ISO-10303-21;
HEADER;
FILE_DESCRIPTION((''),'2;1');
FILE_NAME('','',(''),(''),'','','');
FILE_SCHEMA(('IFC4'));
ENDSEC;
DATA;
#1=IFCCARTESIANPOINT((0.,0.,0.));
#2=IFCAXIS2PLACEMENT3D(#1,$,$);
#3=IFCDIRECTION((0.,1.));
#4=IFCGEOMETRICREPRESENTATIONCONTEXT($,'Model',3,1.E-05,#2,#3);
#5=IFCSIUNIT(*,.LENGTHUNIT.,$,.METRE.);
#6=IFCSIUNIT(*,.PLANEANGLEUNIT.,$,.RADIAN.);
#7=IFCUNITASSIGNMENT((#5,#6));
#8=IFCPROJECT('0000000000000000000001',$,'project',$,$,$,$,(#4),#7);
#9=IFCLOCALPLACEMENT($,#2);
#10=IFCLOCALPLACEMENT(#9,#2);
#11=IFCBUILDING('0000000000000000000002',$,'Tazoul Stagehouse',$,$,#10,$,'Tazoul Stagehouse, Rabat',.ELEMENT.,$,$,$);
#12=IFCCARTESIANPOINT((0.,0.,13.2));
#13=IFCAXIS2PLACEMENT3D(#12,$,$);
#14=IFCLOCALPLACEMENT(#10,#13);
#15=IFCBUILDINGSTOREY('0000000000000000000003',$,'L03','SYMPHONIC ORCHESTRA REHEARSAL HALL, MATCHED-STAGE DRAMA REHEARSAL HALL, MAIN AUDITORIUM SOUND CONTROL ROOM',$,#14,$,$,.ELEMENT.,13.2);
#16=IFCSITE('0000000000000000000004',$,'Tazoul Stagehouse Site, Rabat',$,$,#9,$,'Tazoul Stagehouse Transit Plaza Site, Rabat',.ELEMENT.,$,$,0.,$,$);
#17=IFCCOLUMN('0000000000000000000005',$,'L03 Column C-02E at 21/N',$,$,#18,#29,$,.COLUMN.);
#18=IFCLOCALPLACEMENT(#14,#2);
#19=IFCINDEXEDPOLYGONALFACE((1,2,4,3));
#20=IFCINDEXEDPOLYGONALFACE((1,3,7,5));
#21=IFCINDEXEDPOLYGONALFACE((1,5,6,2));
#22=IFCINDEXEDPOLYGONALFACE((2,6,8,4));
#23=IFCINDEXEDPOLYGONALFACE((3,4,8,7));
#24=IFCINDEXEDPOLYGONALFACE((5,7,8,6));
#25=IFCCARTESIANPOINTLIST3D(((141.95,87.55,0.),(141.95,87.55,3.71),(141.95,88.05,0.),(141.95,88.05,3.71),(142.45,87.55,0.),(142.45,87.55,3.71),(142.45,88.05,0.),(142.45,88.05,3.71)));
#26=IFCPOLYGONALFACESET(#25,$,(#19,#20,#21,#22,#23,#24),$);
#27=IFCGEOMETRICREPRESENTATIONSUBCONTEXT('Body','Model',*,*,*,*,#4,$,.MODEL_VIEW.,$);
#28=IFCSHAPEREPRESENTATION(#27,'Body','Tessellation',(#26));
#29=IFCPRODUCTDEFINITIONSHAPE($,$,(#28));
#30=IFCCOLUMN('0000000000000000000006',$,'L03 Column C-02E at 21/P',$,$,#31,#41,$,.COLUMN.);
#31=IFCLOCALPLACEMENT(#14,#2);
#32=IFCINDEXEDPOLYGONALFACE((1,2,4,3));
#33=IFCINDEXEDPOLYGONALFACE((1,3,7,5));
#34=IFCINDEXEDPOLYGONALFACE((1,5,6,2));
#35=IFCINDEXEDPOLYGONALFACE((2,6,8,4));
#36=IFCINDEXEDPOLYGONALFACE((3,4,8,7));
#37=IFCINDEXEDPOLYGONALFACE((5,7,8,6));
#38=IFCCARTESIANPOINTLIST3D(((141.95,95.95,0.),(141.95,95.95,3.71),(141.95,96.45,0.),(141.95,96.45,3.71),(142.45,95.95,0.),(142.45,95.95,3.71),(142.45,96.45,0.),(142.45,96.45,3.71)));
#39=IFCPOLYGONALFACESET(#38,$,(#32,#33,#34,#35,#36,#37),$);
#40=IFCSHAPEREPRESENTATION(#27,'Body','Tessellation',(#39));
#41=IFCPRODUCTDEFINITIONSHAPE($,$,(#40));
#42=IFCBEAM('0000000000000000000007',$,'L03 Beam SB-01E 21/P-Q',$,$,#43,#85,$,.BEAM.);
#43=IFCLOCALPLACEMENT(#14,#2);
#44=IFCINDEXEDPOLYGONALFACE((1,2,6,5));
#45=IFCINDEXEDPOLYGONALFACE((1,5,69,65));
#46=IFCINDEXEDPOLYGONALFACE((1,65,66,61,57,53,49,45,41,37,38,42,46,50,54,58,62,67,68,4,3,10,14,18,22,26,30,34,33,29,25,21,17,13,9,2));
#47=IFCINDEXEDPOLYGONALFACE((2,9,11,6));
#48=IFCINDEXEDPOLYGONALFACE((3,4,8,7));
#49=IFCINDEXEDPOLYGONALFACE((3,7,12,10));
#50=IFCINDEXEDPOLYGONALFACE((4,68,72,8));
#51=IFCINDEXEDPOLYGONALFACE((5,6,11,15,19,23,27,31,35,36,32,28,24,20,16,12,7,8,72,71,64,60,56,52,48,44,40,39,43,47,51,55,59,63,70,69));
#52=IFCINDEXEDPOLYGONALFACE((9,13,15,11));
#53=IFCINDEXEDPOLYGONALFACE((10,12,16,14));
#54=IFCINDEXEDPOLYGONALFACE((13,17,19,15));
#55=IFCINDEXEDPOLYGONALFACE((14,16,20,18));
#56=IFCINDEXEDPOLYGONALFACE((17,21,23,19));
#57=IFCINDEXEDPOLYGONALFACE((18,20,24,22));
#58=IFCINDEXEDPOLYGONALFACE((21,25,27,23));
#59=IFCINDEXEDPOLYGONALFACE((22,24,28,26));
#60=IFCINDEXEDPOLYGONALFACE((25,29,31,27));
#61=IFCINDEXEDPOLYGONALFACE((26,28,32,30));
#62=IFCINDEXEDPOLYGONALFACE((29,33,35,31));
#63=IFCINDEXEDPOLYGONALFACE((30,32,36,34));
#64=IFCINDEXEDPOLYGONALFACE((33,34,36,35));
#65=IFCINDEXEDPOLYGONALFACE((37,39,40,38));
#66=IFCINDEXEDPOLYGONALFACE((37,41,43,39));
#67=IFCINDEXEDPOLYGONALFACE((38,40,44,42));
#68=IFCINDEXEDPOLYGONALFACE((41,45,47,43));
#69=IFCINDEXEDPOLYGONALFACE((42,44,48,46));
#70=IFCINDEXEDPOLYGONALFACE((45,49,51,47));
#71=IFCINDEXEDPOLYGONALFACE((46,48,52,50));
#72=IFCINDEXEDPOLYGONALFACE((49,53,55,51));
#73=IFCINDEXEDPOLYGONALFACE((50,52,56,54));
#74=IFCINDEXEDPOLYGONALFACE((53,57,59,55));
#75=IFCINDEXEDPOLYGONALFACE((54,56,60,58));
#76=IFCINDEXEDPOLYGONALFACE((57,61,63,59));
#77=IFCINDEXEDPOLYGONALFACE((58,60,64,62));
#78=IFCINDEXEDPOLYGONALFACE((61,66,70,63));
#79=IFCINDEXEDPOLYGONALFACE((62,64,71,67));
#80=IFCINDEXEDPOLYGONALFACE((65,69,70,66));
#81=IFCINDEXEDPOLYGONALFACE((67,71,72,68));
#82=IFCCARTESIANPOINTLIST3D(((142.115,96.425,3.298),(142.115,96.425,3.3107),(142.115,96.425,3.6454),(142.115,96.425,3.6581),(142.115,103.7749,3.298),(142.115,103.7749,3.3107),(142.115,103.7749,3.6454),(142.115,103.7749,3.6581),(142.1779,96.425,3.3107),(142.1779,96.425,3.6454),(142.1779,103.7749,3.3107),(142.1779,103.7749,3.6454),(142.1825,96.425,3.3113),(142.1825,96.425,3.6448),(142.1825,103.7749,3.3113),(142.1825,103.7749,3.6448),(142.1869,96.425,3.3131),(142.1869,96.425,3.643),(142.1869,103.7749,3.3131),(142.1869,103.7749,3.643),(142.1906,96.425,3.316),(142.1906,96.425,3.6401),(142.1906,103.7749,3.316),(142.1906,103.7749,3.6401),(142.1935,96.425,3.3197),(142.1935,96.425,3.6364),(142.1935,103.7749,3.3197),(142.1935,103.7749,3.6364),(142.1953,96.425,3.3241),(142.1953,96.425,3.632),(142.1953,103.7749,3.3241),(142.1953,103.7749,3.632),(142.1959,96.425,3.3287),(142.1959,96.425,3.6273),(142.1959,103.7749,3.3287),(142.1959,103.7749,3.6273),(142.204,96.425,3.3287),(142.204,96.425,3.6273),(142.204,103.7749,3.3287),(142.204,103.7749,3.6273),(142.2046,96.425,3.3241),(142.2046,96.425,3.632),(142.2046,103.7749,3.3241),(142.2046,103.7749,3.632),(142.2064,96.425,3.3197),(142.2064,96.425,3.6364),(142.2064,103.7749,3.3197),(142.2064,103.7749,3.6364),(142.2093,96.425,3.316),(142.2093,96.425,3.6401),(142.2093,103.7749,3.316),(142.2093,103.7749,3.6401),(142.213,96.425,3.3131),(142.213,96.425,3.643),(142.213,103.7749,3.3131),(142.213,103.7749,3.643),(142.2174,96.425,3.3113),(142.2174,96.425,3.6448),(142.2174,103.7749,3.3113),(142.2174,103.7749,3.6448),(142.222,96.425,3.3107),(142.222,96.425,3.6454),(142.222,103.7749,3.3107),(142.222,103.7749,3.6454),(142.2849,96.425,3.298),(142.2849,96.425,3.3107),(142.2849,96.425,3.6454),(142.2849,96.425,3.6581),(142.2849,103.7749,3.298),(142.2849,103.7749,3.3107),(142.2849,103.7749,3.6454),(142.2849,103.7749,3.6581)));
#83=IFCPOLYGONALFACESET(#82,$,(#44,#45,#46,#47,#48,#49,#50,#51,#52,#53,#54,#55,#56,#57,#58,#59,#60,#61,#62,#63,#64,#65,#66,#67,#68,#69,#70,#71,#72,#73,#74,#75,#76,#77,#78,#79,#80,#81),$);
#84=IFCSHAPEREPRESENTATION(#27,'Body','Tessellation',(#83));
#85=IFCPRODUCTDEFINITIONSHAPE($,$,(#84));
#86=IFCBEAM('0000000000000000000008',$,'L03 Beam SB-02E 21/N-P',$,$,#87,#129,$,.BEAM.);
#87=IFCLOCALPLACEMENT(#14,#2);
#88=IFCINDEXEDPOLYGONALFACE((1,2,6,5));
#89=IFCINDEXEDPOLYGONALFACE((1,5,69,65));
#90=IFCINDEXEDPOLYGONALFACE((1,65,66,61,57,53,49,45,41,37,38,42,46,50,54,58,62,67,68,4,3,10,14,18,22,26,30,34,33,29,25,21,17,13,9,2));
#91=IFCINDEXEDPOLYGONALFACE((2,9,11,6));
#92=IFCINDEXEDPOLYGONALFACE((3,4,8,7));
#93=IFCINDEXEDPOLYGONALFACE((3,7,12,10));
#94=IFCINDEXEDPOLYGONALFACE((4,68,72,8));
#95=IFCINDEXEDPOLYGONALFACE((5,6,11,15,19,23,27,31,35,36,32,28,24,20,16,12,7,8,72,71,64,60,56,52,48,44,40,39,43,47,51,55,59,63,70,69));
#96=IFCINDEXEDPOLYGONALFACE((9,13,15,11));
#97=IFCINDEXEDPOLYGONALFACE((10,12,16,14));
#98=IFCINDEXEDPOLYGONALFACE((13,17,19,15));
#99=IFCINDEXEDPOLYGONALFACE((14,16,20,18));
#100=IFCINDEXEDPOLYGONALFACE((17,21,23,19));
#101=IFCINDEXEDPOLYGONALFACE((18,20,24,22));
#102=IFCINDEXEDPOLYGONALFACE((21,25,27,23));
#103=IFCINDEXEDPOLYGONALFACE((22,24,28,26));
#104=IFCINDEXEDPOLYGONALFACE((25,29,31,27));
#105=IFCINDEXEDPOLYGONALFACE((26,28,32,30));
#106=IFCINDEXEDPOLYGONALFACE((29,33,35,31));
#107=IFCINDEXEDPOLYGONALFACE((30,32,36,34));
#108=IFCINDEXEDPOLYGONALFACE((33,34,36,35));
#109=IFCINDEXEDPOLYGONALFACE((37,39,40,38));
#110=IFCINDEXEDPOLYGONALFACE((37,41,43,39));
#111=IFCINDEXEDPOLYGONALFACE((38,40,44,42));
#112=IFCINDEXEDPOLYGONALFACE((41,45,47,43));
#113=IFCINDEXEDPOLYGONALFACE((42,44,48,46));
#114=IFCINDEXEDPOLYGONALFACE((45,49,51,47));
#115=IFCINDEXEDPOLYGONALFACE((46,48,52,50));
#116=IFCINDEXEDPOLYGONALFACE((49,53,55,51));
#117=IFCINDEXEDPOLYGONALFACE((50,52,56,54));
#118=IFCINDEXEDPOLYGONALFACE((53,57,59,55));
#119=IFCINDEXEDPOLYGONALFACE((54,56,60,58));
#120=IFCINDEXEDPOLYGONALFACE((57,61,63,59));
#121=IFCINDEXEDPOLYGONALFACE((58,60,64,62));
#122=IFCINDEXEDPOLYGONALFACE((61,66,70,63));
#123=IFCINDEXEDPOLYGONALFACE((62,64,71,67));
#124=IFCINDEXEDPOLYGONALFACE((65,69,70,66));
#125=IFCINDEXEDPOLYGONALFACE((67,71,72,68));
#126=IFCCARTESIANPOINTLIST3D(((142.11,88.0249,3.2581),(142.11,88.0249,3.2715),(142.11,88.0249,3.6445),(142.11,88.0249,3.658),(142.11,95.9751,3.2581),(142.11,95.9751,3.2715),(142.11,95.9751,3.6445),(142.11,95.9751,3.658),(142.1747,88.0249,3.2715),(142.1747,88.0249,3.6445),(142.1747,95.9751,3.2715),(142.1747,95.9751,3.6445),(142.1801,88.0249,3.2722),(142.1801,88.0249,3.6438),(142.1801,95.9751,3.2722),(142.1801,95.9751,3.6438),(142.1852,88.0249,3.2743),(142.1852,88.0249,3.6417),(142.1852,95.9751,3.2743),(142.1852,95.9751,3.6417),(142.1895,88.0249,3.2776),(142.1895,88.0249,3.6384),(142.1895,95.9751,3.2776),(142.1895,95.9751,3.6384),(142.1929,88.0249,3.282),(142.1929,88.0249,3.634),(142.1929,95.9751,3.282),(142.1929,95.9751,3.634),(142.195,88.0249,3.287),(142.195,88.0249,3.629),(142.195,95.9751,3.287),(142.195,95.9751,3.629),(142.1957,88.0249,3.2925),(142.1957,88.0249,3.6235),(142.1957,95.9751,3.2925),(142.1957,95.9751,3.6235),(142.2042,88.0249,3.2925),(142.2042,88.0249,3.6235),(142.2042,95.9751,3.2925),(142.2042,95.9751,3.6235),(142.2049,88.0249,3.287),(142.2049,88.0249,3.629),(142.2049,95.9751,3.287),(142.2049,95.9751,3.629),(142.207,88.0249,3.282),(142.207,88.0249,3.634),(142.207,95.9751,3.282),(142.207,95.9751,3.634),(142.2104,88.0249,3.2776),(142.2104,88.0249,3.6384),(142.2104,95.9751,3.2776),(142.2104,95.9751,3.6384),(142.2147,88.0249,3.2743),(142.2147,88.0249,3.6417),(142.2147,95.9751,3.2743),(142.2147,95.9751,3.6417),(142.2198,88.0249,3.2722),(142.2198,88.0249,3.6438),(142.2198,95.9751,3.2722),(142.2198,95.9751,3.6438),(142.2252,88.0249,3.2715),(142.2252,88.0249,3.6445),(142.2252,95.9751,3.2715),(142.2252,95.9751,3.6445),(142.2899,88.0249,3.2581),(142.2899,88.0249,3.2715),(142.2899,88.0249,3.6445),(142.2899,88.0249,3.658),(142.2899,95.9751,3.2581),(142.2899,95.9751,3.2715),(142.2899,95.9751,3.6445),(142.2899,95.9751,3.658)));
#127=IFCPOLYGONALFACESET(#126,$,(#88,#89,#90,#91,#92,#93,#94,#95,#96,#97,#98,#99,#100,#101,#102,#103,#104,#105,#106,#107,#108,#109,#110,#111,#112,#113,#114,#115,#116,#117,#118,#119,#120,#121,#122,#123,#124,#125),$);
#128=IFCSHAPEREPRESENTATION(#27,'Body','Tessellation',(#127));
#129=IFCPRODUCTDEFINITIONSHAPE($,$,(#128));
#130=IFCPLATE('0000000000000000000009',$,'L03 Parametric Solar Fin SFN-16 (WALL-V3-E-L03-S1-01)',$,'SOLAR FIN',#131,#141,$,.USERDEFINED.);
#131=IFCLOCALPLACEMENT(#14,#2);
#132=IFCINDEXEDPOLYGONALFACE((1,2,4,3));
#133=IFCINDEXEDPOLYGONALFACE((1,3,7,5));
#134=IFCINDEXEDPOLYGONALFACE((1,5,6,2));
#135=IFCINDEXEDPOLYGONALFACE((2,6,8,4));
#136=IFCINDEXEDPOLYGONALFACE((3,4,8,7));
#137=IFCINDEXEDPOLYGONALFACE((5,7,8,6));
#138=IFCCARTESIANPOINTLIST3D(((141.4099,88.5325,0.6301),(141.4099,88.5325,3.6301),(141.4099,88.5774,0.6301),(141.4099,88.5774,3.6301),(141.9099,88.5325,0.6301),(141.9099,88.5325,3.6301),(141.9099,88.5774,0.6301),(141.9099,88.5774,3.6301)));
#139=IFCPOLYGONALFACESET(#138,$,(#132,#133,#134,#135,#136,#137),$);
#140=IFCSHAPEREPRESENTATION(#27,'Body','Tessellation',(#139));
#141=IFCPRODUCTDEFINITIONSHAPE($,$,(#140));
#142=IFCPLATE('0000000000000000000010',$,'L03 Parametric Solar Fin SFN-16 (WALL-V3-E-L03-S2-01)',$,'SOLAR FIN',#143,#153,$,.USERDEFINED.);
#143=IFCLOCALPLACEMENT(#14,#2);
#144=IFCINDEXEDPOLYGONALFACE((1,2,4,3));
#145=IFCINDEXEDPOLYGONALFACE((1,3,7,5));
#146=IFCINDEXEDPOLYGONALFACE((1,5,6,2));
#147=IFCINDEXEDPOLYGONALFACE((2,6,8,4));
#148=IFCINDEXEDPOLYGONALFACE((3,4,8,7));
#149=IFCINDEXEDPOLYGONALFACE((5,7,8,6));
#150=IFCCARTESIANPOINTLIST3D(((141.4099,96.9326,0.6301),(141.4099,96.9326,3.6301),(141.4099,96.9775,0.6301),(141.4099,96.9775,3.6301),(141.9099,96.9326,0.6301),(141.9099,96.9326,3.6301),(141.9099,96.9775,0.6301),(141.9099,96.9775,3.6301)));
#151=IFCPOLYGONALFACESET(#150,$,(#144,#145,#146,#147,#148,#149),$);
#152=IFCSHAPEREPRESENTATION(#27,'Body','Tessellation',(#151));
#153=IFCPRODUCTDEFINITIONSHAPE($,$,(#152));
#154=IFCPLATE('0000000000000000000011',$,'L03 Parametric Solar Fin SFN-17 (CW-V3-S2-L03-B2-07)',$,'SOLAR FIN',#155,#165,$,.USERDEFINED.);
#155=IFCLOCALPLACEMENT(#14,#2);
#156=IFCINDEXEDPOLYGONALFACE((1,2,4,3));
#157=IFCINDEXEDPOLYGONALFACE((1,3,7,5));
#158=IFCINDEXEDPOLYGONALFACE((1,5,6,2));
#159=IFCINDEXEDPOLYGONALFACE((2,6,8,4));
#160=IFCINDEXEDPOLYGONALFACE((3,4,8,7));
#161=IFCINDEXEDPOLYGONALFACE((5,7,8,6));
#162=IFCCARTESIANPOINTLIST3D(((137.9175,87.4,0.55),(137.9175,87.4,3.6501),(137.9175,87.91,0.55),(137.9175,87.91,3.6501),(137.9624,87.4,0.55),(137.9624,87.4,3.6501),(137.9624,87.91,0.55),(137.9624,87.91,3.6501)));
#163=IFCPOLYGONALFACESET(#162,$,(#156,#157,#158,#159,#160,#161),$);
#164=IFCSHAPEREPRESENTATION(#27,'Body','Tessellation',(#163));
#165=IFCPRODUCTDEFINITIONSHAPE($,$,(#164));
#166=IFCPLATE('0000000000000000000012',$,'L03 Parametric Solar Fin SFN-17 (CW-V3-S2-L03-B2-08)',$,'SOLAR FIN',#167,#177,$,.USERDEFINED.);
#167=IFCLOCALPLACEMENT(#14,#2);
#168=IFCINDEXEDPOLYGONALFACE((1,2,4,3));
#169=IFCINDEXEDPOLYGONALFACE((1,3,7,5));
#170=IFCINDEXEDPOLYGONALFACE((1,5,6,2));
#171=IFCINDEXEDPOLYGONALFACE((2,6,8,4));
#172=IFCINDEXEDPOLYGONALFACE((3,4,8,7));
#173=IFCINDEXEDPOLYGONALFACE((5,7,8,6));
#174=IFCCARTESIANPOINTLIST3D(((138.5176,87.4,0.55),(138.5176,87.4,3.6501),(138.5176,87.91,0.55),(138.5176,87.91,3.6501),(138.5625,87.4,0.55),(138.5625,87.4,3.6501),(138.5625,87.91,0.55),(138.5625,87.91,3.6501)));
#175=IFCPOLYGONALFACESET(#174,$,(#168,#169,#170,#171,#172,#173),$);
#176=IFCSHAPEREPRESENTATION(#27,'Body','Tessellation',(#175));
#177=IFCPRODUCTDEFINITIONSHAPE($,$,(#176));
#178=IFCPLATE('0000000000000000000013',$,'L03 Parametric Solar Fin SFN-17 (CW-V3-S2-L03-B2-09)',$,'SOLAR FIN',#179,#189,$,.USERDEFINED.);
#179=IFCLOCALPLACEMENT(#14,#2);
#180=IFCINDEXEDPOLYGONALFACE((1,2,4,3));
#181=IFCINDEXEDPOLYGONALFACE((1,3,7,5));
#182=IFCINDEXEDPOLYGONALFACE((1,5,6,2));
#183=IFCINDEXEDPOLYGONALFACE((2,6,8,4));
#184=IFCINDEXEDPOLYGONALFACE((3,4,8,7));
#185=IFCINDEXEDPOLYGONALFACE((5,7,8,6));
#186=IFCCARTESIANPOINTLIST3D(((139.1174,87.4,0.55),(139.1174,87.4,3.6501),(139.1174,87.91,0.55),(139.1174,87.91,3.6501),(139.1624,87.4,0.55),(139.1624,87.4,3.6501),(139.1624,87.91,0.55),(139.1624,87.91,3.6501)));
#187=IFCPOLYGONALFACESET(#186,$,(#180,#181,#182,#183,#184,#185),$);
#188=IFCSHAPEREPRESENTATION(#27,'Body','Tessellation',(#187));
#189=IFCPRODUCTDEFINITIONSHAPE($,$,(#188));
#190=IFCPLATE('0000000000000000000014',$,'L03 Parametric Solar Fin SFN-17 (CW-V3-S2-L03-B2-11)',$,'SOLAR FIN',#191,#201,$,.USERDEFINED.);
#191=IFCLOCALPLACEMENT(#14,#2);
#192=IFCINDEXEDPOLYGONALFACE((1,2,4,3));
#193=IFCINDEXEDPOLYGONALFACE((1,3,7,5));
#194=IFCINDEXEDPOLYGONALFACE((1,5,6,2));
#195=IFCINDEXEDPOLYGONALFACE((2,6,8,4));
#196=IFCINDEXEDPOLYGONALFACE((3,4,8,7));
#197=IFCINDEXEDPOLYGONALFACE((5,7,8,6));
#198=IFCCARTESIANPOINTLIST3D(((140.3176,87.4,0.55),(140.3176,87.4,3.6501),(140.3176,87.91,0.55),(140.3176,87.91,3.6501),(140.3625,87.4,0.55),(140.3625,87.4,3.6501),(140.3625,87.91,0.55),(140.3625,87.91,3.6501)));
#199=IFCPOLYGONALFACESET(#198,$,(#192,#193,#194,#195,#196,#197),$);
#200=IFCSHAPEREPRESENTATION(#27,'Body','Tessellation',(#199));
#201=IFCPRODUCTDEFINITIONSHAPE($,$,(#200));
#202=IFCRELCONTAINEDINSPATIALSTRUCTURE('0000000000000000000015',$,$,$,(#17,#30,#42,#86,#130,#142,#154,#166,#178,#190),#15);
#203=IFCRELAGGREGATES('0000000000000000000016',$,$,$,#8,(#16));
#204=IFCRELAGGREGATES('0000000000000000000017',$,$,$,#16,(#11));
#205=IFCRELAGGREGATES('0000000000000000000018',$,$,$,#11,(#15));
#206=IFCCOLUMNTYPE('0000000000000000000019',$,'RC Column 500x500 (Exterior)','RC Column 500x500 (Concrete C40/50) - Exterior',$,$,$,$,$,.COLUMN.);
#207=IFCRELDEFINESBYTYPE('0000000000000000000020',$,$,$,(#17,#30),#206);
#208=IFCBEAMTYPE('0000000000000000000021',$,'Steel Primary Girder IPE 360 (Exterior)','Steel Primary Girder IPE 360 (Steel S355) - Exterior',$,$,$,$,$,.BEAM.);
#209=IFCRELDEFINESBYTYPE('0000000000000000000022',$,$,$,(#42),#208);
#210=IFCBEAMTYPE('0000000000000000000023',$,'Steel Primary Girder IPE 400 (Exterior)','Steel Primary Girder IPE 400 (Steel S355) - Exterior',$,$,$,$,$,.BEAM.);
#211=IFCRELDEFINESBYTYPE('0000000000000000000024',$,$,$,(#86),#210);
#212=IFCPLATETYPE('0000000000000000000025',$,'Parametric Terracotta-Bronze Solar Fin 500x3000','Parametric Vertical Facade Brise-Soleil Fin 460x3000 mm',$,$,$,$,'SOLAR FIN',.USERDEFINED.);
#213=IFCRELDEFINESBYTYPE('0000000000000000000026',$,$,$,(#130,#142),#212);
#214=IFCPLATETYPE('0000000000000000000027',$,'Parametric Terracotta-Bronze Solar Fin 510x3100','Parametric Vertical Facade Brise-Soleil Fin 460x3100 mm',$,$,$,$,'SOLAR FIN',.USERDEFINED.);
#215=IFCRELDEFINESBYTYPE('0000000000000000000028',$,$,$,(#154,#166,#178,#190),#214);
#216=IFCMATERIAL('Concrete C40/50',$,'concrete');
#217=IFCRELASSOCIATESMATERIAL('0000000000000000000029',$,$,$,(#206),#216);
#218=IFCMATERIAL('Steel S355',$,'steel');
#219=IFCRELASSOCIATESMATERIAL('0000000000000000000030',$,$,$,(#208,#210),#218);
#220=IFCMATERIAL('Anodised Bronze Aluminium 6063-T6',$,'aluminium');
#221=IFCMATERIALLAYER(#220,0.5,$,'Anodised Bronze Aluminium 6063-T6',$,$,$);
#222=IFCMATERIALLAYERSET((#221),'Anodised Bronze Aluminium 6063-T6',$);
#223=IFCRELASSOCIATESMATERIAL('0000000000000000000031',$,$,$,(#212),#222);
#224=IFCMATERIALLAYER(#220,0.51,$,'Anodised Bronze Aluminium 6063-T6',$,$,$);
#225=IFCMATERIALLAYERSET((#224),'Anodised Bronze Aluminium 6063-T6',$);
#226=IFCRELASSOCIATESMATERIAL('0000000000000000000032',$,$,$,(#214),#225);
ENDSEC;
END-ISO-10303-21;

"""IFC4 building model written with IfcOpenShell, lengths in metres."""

from ifc_helpers import new_model, si_unit, direction, frame, origin, origin_2d, place, context, subcontext, project, spatial, rectangle, i_section, extrude, material, layer, layer_set, material_profile, profile_set, type_object, element, save


model = new_model("IFC4")

# Units and contexts
model_context = context("Model", 3, precision=1e-05, world=origin(), true_north=direction((0.0, 1.0)))
body_context = subcontext(model_context, "Body", "Model", "MODEL_VIEW")
ifc_project = project(units=[si_unit("LENGTHUNIT", "METRE"), si_unit("PLANEANGLEUNIT", "RADIAN")], contexts=[model_context])

# Site, building, storey
site_placement = place(None, origin())
site = spatial("IfcSite", under=ifc_project, at=site_placement, Name="Tazoul Stagehouse Site, Rabat", LongName="Tazoul Stagehouse Transit Plaza Site, Rabat", CompositionType="ELEMENT", RefElevation=0.0)
building_placement = place(site_placement, origin())
building = spatial("IfcBuilding", under=site, at=building_placement, Name="Tazoul Stagehouse", LongName="Tazoul Stagehouse, Rabat", CompositionType="ELEMENT")
storey_placement = place(building_placement, frame((0.0, 0.0, 13.2)))
storey = spatial("IfcBuildingStorey", under=building, at=storey_placement, Name="L03", Description="SYMPHONIC ORCHESTRA REHEARSAL HALL, MATCHED-STAGE DRAMA REHEARSAL HALL, MAIN AUDITORIUM SOUND CONTROL ROOM", CompositionType="ELEMENT", Elevation=13.2)

# Columns
ifc_material_1 = material(Name="Concrete C40/50", Category="concrete")
ifc_material_profile_1 = material_profile(ifc_material_1, rectangle(XDim=0.5, YDim=0.5, at=origin_2d()), Name="RC 500x500")
ifc_profile_set_1 = profile_set([ifc_material_profile_1], Name="Concrete C40/50")
column_type = type_object("IfcColumnType", Name="RC Column 500x500 (Exterior)", Description="RC Column 500x500 (Concrete C40/50) - Exterior", PredefinedType="COLUMN", material=ifc_profile_set_1)
for number, where, z_axis, x_axis, name in (
    (1, (142.2, 87.8, 0.0), (0.0, 0.0, 1.0), (1.0, 0.0, 0.0), "L03 Column C-02E at 21/N"),
    (2, (142.2, 96.2, 0.0), (0.0, 0.0, 1.0), (1.0, 0.0, 0.0), "L03 Column C-02E at 21/P"),
):
    element("IfcColumn", number, at=place(storey_placement, frame(where, z_axis=z_axis, x_axis=x_axis)), inside=storey, type_object=column_type, Name=name, PredefinedType="COLUMN", context=body_context, shape_type="SweptSolid", body=[
        extrude(rectangle(XDim=0.5, YDim=0.5, at=origin_2d()), origin(), (0.0, 0.0, 1.0), 3.71),
    ])

# Beams
ifc_material_2 = material(Name="Steel S355", Category="steel")
ifc_material_profile_2 = material_profile(ifc_material_2, i_section(OverallWidth=0.1699, OverallDepth=0.3601, WebThickness=0.0081, FlangeThickness=0.0127, FilletRadius=0.0181, at=origin_2d()), Name="IPE 360")
ifc_profile_set_2 = profile_set([ifc_material_profile_2], Name="Steel S355")
beam_type_1 = type_object("IfcBeamType", Name="Steel Primary Girder IPE 360 (Exterior)", Description="Steel Primary Girder IPE 360 (Steel S355) - Exterior", PredefinedType="BEAM", material=ifc_profile_set_2)
beam_1_placement = place(storey_placement, frame((142.2, 96.425, 3.478), z_axis=(0.0, 1.0, 0.0), x_axis=(-1.0, 0.0, 0.0)))
element("IfcBeam", 3, at=beam_1_placement, inside=storey, type_object=beam_type_1, Name="L03 Beam SB-01E 21/P-Q", PredefinedType="BEAM", context=body_context, shape_type="SweptSolid", body=[
    extrude(i_section(OverallWidth=0.1699, OverallDepth=0.3601, WebThickness=0.0081, FlangeThickness=0.0127, FilletRadius=0.0181, at=origin_2d()), origin(), (0.0, 0.0, 1.0), 7.3499),
])
ifc_material_profile_3 = material_profile(ifc_material_2, i_section(OverallWidth=0.1799, OverallDepth=0.3999, WebThickness=0.0085, FlangeThickness=0.0134, FilletRadius=0.021, at=origin_2d()), Name="IPE 400")
ifc_profile_set_3 = profile_set([ifc_material_profile_3], Name="Steel S355")
beam_type_2 = type_object("IfcBeamType", Name="Steel Primary Girder IPE 400 (Exterior)", Description="Steel Primary Girder IPE 400 (Steel S355) - Exterior", PredefinedType="BEAM", material=ifc_profile_set_3)
beam_2_placement = place(storey_placement, frame((142.2, 88.0249, 3.458), z_axis=(0.0, 1.0, 0.0), x_axis=(-1.0, 0.0, 0.0)))
element("IfcBeam", 4, at=beam_2_placement, inside=storey, type_object=beam_type_2, Name="L03 Beam SB-02E 21/N-P", PredefinedType="BEAM", context=body_context, shape_type="SweptSolid", body=[
    extrude(i_section(OverallWidth=0.1799, OverallDepth=0.3999, WebThickness=0.0085, FlangeThickness=0.0134, FilletRadius=0.021, at=origin_2d()), origin(), (0.0, 0.0, 1.0), 7.9502),
])

# Plates
ifc_material_3 = material(Name="Anodised Bronze Aluminium 6063-T6", Category="aluminium")
ifc_layer_1 = layer(ifc_material_3, 0.5, Name="Anodised Bronze Aluminium 6063-T6")
ifc_layer_set_1 = layer_set([ifc_layer_1], Name="Anodised Bronze Aluminium 6063-T6")
plate_type_1 = type_object("IfcPlateType", Name="Parametric Terracotta-Bronze Solar Fin 500x3000", Description="Parametric Vertical Facade Brise-Soleil Fin 460x3000 mm", ElementType="SOLAR FIN", PredefinedType="USERDEFINED", material=ifc_layer_set_1)
for number, where, z_axis, x_axis, name in (
    (5, (141.6599, 88.5549, 0.6301), (0.0, 0.0, 1.0), (0.0, 1.0, 0.0), "L03 Parametric Solar Fin SFN-16 (WALL-V3-E-L03-S1-01)"),
    (6, (141.6599, 96.9551, 0.6301), (0.0, 0.0, 1.0), (0.0, 1.0, 0.0), "L03 Parametric Solar Fin SFN-16 (WALL-V3-E-L03-S2-01)"),
):
    element("IfcPlate", number, at=place(storey_placement, frame(where, z_axis=z_axis, x_axis=x_axis)), inside=storey, type_object=plate_type_1, Name=name, ObjectType="SOLAR FIN", PredefinedType="USERDEFINED", context=body_context, shape_type="SweptSolid", body=[
        extrude(rectangle(XDim=0.0449, YDim=0.5, at=origin_2d()), origin(), (0.0, 0.0, 1.0), 3.0),
    ])
ifc_layer_2 = layer(ifc_material_3, 0.51, Name="Anodised Bronze Aluminium 6063-T6")
ifc_layer_set_2 = layer_set([ifc_layer_2], Name="Anodised Bronze Aluminium 6063-T6")
plate_type_2 = type_object("IfcPlateType", Name="Parametric Terracotta-Bronze Solar Fin 510x3100", Description="Parametric Vertical Facade Brise-Soleil Fin 460x3100 mm", ElementType="SOLAR FIN", PredefinedType="USERDEFINED", material=ifc_layer_set_2)
for number, where, z_axis, x_axis, name in (
    (7, (137.9399, 87.655, 0.55), (0.0, 0.0, 1.0), (1.0, 0.0, 0.0), "L03 Parametric Solar Fin SFN-17 (CW-V3-S2-L03-B2-07)"),
    (8, (138.54, 87.655, 0.55), (0.0, 0.0, 1.0), (1.0, 0.0, 0.0), "L03 Parametric Solar Fin SFN-17 (CW-V3-S2-L03-B2-08)"),
    (9, (139.1399, 87.655, 0.55), (0.0, 0.0, 1.0), (1.0, 0.0, 0.0), "L03 Parametric Solar Fin SFN-17 (CW-V3-S2-L03-B2-09)"),
    (10, (140.3401, 87.655, 0.55), (0.0, 0.0, 1.0), (1.0, 0.0, 0.0), "L03 Parametric Solar Fin SFN-17 (CW-V3-S2-L03-B2-11)"),
):
    element("IfcPlate", number, at=place(storey_placement, frame(where, z_axis=z_axis, x_axis=x_axis)), inside=storey, type_object=plate_type_2, Name=name, ObjectType="SOLAR FIN", PredefinedType="USERDEFINED", context=body_context, shape_type="SweptSolid", body=[
        extrude(rectangle(XDim=0.0449, YDim=0.51, at=origin_2d()), origin(), (0.0, 0.0, 1.0), 3.1001),
    ])

save(model, "model.ifc")
